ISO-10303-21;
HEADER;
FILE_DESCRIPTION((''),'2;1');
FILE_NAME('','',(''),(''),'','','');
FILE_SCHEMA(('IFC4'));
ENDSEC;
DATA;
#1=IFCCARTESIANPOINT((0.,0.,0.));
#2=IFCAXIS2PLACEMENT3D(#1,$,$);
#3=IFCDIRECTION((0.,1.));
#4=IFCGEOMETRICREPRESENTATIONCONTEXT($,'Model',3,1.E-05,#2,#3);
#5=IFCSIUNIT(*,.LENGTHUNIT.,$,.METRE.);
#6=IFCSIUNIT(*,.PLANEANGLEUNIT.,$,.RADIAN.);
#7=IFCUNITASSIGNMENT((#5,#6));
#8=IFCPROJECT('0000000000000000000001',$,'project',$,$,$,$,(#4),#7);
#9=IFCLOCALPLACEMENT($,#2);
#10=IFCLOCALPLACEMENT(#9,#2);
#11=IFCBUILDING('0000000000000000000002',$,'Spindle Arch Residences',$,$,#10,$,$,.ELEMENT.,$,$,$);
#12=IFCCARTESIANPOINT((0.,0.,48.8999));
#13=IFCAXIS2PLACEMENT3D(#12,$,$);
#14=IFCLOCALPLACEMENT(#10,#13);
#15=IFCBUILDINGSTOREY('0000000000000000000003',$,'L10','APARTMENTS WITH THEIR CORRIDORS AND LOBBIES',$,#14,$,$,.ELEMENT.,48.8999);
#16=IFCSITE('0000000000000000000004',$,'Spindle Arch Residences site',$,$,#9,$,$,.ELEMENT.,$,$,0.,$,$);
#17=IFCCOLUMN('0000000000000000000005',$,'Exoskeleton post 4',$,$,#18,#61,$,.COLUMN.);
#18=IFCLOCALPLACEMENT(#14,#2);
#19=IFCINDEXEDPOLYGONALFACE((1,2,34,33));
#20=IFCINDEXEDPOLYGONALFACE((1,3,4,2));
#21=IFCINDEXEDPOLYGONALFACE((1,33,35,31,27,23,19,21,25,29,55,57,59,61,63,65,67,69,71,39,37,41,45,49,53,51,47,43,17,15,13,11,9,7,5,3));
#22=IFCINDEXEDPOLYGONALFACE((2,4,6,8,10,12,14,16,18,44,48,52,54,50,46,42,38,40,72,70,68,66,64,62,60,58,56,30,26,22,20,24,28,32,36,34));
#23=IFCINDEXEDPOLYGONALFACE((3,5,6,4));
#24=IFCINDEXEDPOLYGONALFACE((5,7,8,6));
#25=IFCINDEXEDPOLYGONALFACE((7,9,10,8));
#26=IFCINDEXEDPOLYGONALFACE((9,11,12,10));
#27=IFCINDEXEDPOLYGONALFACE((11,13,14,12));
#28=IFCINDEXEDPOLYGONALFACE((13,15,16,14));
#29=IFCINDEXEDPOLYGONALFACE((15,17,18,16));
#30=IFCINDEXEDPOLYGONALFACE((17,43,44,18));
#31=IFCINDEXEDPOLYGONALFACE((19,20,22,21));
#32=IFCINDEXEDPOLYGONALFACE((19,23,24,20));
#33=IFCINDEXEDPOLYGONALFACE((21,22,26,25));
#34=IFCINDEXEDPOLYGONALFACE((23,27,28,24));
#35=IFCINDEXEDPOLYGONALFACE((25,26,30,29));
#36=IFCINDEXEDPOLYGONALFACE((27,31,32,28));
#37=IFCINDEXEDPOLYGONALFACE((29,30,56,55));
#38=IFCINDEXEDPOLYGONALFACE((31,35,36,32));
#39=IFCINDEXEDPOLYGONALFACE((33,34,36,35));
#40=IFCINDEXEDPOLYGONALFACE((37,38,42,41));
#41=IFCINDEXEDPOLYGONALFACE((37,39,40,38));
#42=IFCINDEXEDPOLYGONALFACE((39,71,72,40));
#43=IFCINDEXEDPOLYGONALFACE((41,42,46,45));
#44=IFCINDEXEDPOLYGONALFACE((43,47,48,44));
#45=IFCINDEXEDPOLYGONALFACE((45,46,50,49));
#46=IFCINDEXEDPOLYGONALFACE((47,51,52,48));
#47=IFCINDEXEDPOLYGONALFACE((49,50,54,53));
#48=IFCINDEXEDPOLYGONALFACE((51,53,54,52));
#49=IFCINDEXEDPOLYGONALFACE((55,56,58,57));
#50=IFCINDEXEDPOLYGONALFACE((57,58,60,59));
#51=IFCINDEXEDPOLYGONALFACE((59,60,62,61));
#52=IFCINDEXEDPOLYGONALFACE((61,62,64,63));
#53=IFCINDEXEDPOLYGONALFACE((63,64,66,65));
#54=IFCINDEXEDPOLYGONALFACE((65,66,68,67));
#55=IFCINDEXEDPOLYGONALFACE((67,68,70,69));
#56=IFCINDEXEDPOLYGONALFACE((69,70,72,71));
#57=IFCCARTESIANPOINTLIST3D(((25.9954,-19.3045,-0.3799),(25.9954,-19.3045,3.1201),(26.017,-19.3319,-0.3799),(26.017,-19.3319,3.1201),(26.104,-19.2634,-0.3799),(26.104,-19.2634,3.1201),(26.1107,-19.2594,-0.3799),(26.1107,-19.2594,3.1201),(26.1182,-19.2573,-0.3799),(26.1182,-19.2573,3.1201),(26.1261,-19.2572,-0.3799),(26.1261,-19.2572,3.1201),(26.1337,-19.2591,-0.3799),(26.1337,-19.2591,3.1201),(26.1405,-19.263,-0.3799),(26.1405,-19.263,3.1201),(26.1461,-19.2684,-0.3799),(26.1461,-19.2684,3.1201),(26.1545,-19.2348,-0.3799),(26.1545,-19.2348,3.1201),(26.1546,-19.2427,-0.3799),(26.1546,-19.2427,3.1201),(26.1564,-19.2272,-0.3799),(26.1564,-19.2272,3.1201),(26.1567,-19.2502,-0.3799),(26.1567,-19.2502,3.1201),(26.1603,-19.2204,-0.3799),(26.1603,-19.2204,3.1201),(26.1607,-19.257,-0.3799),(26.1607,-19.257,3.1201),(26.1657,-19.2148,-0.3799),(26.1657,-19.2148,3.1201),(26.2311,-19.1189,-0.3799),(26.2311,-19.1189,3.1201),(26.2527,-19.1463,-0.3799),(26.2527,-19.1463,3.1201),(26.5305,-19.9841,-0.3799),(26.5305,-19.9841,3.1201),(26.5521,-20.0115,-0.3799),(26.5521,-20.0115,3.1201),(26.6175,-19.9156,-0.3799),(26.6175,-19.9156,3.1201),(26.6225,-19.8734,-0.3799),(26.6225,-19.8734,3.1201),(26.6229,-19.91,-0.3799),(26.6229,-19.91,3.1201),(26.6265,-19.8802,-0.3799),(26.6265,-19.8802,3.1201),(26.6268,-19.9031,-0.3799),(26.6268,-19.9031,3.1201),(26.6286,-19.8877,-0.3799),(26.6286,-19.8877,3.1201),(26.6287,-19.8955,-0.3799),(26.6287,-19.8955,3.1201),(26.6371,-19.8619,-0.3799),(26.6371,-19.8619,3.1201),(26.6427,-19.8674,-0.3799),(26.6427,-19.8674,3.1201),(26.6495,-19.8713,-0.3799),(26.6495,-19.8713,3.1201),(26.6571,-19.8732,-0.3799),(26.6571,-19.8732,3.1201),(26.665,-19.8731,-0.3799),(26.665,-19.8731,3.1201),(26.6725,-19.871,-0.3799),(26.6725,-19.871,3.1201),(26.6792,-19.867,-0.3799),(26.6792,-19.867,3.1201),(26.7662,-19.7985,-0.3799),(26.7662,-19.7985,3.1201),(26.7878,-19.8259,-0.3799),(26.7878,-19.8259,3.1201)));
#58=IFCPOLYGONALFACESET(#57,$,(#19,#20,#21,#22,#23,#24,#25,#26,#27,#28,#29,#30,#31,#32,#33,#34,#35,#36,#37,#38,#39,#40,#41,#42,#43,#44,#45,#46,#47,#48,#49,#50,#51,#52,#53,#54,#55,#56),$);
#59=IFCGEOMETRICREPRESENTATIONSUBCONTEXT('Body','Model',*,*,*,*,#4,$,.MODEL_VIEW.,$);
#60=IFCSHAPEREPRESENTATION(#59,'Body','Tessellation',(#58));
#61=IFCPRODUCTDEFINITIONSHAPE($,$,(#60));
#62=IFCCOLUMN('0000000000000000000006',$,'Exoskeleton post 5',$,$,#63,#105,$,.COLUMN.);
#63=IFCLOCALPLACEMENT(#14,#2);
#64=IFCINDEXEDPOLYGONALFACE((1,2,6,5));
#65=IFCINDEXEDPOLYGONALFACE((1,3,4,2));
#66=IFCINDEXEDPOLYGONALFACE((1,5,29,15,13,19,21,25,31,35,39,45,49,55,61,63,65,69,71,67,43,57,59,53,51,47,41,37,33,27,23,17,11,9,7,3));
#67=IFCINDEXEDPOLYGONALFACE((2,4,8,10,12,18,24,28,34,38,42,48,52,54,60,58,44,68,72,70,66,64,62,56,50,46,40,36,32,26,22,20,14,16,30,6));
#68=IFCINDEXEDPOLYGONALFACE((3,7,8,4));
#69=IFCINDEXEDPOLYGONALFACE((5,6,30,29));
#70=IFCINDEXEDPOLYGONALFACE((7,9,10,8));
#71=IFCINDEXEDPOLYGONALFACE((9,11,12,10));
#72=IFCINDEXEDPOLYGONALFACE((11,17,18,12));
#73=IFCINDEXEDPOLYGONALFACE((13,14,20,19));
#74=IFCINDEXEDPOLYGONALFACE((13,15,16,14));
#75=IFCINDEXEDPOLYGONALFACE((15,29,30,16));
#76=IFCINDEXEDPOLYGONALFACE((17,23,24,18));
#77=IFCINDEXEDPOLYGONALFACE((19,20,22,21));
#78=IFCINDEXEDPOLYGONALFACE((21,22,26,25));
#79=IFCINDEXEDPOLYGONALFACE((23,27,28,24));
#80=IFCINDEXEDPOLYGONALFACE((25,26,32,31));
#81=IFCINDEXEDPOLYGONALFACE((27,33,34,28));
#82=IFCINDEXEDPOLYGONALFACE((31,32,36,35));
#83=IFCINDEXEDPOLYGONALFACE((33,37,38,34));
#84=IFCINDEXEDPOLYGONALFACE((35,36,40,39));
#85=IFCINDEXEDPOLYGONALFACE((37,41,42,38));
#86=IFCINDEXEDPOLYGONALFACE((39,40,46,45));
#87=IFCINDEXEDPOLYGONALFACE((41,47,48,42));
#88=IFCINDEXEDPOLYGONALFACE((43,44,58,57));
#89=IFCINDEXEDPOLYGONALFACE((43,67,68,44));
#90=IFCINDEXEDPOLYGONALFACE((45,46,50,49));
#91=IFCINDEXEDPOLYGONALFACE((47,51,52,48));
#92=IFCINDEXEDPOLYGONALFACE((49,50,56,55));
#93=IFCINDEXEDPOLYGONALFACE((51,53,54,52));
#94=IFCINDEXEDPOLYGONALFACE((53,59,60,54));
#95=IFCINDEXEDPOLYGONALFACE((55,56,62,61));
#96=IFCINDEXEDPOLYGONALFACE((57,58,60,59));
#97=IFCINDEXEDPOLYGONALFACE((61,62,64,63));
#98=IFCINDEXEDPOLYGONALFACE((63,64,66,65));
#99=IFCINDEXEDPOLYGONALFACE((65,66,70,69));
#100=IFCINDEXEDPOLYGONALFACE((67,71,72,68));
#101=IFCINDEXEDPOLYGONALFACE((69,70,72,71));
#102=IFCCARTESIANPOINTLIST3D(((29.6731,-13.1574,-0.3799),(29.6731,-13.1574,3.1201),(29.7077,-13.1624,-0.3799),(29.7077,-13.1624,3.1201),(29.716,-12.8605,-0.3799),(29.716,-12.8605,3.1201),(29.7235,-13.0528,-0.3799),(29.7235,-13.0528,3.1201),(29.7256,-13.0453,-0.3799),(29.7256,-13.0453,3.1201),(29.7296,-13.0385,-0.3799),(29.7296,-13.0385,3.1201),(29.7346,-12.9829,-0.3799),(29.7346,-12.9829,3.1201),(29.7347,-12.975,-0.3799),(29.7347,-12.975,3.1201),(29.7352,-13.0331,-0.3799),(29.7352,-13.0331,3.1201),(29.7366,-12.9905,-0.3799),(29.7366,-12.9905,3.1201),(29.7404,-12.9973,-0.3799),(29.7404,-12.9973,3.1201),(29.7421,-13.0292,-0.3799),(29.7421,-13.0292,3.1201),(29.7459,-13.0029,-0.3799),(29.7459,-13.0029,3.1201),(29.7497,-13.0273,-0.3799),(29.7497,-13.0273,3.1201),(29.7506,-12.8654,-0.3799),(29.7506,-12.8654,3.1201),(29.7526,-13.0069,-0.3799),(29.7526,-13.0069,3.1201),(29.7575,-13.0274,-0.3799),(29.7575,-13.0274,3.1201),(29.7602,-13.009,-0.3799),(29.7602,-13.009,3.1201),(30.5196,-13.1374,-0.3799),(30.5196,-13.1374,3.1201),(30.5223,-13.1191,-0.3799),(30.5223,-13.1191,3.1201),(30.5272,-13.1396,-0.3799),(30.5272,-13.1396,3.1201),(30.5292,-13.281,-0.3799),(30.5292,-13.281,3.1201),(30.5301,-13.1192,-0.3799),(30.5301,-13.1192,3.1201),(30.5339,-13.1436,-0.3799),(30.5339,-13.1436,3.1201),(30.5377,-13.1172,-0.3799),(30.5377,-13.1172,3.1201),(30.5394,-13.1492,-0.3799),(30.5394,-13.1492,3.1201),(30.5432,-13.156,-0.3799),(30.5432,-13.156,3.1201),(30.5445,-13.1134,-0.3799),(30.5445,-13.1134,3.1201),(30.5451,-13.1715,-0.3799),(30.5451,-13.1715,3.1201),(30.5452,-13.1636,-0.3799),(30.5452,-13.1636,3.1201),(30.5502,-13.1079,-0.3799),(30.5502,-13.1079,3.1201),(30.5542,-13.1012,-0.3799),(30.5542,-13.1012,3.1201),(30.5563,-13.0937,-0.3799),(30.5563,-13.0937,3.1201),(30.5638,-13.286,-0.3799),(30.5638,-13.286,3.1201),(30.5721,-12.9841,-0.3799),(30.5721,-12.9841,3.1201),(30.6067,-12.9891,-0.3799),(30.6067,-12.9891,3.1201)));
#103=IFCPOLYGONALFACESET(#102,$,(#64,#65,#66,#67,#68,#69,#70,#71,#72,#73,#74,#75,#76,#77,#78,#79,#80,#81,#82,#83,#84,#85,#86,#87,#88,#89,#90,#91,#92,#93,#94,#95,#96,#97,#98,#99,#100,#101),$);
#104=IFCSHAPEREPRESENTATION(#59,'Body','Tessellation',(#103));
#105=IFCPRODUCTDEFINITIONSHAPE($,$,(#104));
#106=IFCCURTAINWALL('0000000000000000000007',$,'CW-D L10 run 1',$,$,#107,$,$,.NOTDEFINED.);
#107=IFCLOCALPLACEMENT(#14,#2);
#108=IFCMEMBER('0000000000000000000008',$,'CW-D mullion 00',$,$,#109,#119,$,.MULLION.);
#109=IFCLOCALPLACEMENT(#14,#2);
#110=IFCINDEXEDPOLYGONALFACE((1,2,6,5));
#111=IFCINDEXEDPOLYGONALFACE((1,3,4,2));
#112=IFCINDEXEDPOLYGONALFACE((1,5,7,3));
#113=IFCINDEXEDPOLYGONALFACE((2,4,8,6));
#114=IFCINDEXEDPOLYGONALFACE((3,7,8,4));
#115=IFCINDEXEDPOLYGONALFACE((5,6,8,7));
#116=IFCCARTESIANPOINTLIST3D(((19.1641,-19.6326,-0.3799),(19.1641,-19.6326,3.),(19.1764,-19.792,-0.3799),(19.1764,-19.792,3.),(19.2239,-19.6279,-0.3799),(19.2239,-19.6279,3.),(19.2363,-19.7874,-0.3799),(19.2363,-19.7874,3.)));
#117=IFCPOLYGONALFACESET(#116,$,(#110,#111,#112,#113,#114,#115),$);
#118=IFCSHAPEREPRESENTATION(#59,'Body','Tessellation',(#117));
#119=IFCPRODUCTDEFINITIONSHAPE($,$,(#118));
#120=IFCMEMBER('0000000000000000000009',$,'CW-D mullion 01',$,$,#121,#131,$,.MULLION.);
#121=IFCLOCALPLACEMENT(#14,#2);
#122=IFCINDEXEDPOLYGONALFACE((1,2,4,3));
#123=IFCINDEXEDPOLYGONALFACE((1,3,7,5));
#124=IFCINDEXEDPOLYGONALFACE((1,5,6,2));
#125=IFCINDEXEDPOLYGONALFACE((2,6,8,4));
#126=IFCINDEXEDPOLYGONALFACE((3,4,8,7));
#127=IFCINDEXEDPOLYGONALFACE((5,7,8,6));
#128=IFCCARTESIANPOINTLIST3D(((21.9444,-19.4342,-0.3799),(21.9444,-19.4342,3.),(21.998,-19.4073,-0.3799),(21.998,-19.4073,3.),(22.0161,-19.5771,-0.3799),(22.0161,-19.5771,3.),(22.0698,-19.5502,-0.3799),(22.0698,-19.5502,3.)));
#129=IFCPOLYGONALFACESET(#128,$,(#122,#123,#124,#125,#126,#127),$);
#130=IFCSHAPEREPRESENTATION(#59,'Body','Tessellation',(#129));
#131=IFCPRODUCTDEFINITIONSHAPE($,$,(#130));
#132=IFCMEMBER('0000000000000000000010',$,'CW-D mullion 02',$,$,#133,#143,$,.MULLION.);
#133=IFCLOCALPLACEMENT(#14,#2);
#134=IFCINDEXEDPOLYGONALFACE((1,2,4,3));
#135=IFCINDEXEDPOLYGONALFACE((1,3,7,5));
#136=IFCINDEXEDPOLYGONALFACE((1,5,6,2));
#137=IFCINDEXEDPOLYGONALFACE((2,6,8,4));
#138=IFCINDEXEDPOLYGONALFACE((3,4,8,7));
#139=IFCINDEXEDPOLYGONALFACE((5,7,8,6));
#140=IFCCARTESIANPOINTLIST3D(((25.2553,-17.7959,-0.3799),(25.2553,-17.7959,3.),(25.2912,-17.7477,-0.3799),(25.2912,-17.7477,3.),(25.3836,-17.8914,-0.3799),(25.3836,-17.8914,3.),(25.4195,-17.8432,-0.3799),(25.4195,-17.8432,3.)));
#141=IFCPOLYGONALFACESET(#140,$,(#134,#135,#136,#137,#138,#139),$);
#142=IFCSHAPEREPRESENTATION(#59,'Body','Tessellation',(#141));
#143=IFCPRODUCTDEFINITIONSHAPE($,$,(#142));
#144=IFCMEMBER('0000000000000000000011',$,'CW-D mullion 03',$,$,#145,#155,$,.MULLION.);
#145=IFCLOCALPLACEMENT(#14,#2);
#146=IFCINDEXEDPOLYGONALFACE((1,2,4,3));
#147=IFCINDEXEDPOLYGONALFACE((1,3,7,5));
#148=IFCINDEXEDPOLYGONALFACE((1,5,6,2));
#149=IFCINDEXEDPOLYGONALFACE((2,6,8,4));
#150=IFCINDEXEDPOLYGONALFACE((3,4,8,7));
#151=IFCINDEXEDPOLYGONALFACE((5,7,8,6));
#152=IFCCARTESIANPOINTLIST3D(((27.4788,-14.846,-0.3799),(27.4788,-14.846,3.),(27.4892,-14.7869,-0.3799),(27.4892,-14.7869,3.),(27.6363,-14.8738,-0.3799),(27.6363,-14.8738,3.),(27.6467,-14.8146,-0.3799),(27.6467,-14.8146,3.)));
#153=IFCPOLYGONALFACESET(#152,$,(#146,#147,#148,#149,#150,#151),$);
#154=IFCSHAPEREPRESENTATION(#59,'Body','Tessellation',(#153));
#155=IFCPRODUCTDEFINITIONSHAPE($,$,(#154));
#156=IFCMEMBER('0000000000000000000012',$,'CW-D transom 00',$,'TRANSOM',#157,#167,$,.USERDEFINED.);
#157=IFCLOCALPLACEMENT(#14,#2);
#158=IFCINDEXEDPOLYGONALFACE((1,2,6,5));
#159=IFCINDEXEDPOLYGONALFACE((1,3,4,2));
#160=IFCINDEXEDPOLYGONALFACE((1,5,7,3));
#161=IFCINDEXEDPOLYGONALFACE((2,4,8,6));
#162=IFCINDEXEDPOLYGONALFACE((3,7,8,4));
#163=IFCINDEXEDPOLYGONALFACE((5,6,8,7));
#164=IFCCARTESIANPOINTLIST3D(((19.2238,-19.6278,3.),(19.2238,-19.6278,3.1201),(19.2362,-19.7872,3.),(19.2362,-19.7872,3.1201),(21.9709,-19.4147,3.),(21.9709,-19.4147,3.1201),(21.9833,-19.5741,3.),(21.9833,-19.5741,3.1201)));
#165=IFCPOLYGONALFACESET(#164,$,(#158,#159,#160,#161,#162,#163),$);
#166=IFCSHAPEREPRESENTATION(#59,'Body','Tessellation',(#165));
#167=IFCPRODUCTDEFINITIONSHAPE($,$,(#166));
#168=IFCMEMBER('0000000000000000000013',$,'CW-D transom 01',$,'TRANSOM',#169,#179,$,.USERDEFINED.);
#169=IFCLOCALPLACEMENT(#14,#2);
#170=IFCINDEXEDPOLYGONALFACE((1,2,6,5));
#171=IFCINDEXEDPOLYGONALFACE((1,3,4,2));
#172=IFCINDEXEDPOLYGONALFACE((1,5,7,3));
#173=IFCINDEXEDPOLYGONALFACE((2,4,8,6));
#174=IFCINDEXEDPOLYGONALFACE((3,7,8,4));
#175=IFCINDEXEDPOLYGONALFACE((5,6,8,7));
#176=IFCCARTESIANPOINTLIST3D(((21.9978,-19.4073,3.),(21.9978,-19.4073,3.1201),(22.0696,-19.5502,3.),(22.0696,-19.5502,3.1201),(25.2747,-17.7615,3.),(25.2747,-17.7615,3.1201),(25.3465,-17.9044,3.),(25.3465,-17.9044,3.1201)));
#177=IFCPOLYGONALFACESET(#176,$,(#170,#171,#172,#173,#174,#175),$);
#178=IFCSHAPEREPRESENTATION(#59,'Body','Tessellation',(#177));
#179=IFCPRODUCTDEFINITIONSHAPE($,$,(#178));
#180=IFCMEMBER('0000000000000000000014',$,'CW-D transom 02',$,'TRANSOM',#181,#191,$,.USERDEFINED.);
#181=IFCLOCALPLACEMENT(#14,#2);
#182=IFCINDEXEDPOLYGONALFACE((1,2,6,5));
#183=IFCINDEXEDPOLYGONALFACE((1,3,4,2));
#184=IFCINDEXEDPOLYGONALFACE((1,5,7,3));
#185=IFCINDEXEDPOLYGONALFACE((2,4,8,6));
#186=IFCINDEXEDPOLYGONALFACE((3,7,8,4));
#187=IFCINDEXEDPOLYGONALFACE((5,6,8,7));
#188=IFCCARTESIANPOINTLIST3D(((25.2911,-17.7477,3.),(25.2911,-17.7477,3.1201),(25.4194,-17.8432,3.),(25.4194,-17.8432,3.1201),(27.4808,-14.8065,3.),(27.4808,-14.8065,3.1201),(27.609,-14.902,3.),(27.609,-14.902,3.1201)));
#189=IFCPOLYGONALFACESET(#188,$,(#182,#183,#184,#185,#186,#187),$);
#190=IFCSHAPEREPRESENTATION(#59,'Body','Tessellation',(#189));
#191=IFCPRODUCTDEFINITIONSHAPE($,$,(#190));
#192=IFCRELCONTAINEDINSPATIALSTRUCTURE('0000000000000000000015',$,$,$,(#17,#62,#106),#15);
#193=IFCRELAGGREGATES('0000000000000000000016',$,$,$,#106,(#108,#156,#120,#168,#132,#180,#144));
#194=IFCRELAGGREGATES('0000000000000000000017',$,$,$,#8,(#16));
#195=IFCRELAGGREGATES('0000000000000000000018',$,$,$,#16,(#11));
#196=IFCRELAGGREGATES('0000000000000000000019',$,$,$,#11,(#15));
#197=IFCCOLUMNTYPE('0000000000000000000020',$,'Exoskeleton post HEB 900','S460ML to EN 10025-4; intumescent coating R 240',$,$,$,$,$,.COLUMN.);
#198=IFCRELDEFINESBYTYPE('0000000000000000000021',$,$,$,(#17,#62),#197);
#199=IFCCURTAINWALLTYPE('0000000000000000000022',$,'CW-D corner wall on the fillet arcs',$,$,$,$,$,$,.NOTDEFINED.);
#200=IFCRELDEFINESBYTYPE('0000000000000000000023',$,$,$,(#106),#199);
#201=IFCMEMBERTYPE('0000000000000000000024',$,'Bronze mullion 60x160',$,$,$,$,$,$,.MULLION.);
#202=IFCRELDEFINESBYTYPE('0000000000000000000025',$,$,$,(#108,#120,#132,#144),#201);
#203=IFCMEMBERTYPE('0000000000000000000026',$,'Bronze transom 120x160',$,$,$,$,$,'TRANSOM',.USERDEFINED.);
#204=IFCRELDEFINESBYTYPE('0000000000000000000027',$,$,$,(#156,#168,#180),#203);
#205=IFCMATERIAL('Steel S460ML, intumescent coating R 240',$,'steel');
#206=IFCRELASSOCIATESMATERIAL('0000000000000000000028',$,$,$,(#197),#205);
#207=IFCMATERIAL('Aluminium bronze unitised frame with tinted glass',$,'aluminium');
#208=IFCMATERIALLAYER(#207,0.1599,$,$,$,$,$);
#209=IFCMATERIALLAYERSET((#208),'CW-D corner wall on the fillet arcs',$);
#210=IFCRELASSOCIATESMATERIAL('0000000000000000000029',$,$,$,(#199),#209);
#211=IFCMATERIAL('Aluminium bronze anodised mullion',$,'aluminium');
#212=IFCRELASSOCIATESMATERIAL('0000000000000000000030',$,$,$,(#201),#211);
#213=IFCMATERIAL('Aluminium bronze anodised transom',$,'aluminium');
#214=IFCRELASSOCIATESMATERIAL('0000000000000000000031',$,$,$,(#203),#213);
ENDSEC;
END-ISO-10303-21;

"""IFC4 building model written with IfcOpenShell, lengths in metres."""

from ifc_helpers import new_model, si_unit, direction, frame, origin, origin_2d, place, context, subcontext, project, spatial, rectangle, i_section, extrude, material, layer, layer_set, material_profile, profile_set, type_object, element, aggregate, save


model = new_model("IFC4")

# Units and contexts
model_context = context("Model", 3, precision=1e-05, world=origin(), true_north=direction((0.0, 1.0)))
body_context = subcontext(model_context, "Body", "Model", "MODEL_VIEW")
ifc_project = project(units=[si_unit("LENGTHUNIT", "METRE"), si_unit("PLANEANGLEUNIT", "RADIAN")], contexts=[model_context])

# Site, building, storey
site_placement = place(None, origin())
site = spatial("IfcSite", under=ifc_project, at=site_placement, Name="Spindle Arch Residences site", CompositionType="ELEMENT", RefElevation=0.0)
building_placement = place(site_placement, origin())
building = spatial("IfcBuilding", under=site, at=building_placement, Name="Spindle Arch Residences", CompositionType="ELEMENT")
storey_placement = place(building_placement, frame((0.0, 0.0, 48.8999)))
storey = spatial("IfcBuildingStorey", under=building, at=storey_placement, Name="L10", Description="APARTMENTS WITH THEIR CORRIDORS AND LOBBIES", CompositionType="ELEMENT", Elevation=48.8999)

# Columns
ifc_material_1 = material(Name="Steel S460ML, intumescent coating R 240", Category="steel")
ifc_material_profile_1 = material_profile(ifc_material_1, i_section(OverallWidth=0.3, OverallDepth=0.8999, WebThickness=0.0186, FlangeThickness=0.0349, FilletRadius=0.03, at=origin_2d()), Name="HEB 900")
ifc_profile_set_1 = profile_set([ifc_material_profile_1], Name="Steel S460ML, intumescent coating R 240")
column_type = type_object("IfcColumnType", Name="Exoskeleton post HEB 900", Description="S460ML to EN 10025-4; intumescent coating R 240", PredefinedType="COLUMN", material=ifc_profile_set_1)
for number, where, z_axis, x_axis, name in (
    (1, (26.3916, -19.5652, -0.3799), (0.0, 0.0, 1.0), (-0.785684, -0.618629, 0.0), "Exoskeleton post 4"),
    (2, (30.1399, -13.0732, -0.3799), (0.0, 0.0, 1.0), (-0.142906, -0.989736, 0.0), "Exoskeleton post 5"),
):
    element("IfcColumn", number, at=place(storey_placement, frame(where, z_axis=z_axis, x_axis=x_axis)), inside=storey, type_object=column_type, Name=name, PredefinedType="COLUMN", context=body_context, shape_type="SweptSolid", body=[
        extrude(i_section(OverallWidth=0.3, OverallDepth=0.8999, WebThickness=0.0186, FlangeThickness=0.0349, FilletRadius=0.03, at=origin_2d()), origin(), (0.0, 0.0, 1.0), 3.5),
    ])

# Curtain wall, members
ifc_material_2 = material(Name="Aluminium bronze unitised frame with tinted glass", Category="aluminium")
ifc_layer_1 = layer(ifc_material_2, 0.1599)
ifc_layer_set_1 = layer_set([ifc_layer_1], Name="CW-D corner wall on the fillet arcs")
curtain_wall_type = type_object("IfcCurtainWallType", Name="CW-D corner wall on the fillet arcs", PredefinedType="NOTDEFINED", material=ifc_layer_set_1)
curtain_wall_placement = place(storey_placement, origin())
curtain_wall = element("IfcCurtainWall", 3, at=curtain_wall_placement, inside=storey, type_object=curtain_wall_type, Name="CW-D L10 run 1", PredefinedType="NOTDEFINED")
ifc_material_3 = material(Name="Aluminium bronze anodised mullion", Category="aluminium")
ifc_material_profile_2 = material_profile(ifc_material_3, rectangle(XDim=0.1599, YDim=0.0601, at=origin_2d()), Name="MU 60x160")
ifc_profile_set_2 = profile_set([ifc_material_profile_2], Name="Aluminium bronze anodised mullion")
member_type_1 = type_object("IfcMemberType", Name="Bronze mullion 60x160", PredefinedType="MULLION", material=ifc_profile_set_2)
member_1_placement = place(storey_placement, frame((19.2002, -19.71, -0.3799), z_axis=(0.0, 0.0, 1.0), x_axis=(-0.077364, 0.997003, 0.0)))
member_1 = element("IfcMember", 4, at=member_1_placement, type_object=member_type_1, Name="CW-D mullion 00", PredefinedType="MULLION", context=body_context, shape_type="SweptSolid", body=[
    extrude(rectangle(XDim=0.1599, YDim=0.0601, at=origin_2d()), origin(), (0.0, 0.0, 1.0), 3.3799),
])
member_2_placement = place(storey_placement, frame((22.0071, -19.4922, -0.3799), z_axis=(0.0, 0.0, 1.0), x_axis=(-0.448799, 0.893633, 0.0)))
member_2 = element("IfcMember", 5, at=member_2_placement, type_object=member_type_1, Name="CW-D mullion 01", PredefinedType="MULLION", context=body_context, shape_type="SweptSolid", body=[
    extrude(rectangle(XDim=0.1599, YDim=0.0601, at=origin_2d()), origin(), (0.0, 0.0, 1.0), 3.3799),
])
member_3_placement = place(storey_placement, frame((25.3374, -17.8196, -0.3799), z_axis=(0.0, 0.0, 1.0), x_axis=(-0.802123, 0.597159, 0.0)))
member_3 = element("IfcMember", 6, at=member_3_placement, type_object=member_type_1, Name="CW-D mullion 02", PredefinedType="MULLION", context=body_context, shape_type="SweptSolid", body=[
    extrude(rectangle(XDim=0.1599, YDim=0.0601, at=origin_2d()), origin(), (0.0, 0.0, 1.0), 3.3799),
])
member_4_placement = place(storey_placement, frame((27.5627, -14.8303, -0.3799), z_axis=(0.0, 0.0, 1.0), x_axis=(-0.984808, 0.173648, 0.0)))
member_4 = element("IfcMember", 7, at=member_4_placement, type_object=member_type_1, Name="CW-D mullion 03", PredefinedType="MULLION", context=body_context, shape_type="SweptSolid", body=[
    extrude(rectangle(XDim=0.1599, YDim=0.0601, at=origin_2d()), origin(), (0.0, 0.0, 1.0), 3.3799),
])
ifc_material_4 = material(Name="Aluminium bronze anodised transom", Category="aluminium")
ifc_material_profile_3 = material_profile(ifc_material_4, rectangle(XDim=0.1599, YDim=0.1201, at=origin_2d()), Name="TR 120x160")
ifc_profile_set_3 = profile_set([ifc_material_profile_3], Name="Aluminium bronze anodised transom")
member_type_2 = type_object("IfcMemberType", Name="Bronze transom 120x160", ElementType="TRANSOM", PredefinedType="USERDEFINED", material=ifc_profile_set_3)
member_5_placement = place(storey_placement, frame((19.23, -19.7075, 3.0601), z_axis=(0.997004, 0.077354, 0.0), x_axis=(-0.077354, 0.997004, 0.0)))
member_5 = element("IfcMember", 8, at=member_5_placement, type_object=member_type_2, Name="CW-D transom 00", ObjectType="TRANSOM", PredefinedType="USERDEFINED", context=body_context, shape_type="SweptSolid", body=[
    extrude(rectangle(XDim=0.1599, YDim=0.1201, at=origin_2d()), origin(), (0.0, 0.0, 1.0), 2.7554),
])
member_6_placement = place(storey_placement, frame((22.0337, -19.4788, 3.0601), z_axis=(0.893627, 0.448811, 0.0), x_axis=(-0.448811, 0.893627, 0.0)))
member_6 = element("IfcMember", 9, at=member_6_placement, type_object=member_type_2, Name="CW-D transom 01", ObjectType="TRANSOM", PredefinedType="USERDEFINED", context=body_context, shape_type="SweptSolid", body=[
    extrude(rectangle(XDim=0.1599, YDim=0.1201, at=origin_2d()), origin(), (0.0, 0.0, 1.0), 3.667),
])
member_7_placement = place(storey_placement, frame((25.3552, -17.7954, 3.0601), z_axis=(0.597173, 0.802112, 0.0), x_axis=(-0.802112, 0.597173, 0.0)))
member_7 = element("IfcMember", 10, at=member_7_placement, type_object=member_type_2, Name="CW-D transom 02", ObjectType="TRANSOM", PredefinedType="USERDEFINED", context=body_context, shape_type="SweptSolid", body=[
    extrude(rectangle(XDim=0.1599, YDim=0.1201, at=origin_2d()), origin(), (0.0, 0.0, 1.0), 3.6667),
])

aggregate(curtain_wall, [member_1, member_5, member_2, member_6, member_3, member_7, member_4])

save(model, "model.ifc")
